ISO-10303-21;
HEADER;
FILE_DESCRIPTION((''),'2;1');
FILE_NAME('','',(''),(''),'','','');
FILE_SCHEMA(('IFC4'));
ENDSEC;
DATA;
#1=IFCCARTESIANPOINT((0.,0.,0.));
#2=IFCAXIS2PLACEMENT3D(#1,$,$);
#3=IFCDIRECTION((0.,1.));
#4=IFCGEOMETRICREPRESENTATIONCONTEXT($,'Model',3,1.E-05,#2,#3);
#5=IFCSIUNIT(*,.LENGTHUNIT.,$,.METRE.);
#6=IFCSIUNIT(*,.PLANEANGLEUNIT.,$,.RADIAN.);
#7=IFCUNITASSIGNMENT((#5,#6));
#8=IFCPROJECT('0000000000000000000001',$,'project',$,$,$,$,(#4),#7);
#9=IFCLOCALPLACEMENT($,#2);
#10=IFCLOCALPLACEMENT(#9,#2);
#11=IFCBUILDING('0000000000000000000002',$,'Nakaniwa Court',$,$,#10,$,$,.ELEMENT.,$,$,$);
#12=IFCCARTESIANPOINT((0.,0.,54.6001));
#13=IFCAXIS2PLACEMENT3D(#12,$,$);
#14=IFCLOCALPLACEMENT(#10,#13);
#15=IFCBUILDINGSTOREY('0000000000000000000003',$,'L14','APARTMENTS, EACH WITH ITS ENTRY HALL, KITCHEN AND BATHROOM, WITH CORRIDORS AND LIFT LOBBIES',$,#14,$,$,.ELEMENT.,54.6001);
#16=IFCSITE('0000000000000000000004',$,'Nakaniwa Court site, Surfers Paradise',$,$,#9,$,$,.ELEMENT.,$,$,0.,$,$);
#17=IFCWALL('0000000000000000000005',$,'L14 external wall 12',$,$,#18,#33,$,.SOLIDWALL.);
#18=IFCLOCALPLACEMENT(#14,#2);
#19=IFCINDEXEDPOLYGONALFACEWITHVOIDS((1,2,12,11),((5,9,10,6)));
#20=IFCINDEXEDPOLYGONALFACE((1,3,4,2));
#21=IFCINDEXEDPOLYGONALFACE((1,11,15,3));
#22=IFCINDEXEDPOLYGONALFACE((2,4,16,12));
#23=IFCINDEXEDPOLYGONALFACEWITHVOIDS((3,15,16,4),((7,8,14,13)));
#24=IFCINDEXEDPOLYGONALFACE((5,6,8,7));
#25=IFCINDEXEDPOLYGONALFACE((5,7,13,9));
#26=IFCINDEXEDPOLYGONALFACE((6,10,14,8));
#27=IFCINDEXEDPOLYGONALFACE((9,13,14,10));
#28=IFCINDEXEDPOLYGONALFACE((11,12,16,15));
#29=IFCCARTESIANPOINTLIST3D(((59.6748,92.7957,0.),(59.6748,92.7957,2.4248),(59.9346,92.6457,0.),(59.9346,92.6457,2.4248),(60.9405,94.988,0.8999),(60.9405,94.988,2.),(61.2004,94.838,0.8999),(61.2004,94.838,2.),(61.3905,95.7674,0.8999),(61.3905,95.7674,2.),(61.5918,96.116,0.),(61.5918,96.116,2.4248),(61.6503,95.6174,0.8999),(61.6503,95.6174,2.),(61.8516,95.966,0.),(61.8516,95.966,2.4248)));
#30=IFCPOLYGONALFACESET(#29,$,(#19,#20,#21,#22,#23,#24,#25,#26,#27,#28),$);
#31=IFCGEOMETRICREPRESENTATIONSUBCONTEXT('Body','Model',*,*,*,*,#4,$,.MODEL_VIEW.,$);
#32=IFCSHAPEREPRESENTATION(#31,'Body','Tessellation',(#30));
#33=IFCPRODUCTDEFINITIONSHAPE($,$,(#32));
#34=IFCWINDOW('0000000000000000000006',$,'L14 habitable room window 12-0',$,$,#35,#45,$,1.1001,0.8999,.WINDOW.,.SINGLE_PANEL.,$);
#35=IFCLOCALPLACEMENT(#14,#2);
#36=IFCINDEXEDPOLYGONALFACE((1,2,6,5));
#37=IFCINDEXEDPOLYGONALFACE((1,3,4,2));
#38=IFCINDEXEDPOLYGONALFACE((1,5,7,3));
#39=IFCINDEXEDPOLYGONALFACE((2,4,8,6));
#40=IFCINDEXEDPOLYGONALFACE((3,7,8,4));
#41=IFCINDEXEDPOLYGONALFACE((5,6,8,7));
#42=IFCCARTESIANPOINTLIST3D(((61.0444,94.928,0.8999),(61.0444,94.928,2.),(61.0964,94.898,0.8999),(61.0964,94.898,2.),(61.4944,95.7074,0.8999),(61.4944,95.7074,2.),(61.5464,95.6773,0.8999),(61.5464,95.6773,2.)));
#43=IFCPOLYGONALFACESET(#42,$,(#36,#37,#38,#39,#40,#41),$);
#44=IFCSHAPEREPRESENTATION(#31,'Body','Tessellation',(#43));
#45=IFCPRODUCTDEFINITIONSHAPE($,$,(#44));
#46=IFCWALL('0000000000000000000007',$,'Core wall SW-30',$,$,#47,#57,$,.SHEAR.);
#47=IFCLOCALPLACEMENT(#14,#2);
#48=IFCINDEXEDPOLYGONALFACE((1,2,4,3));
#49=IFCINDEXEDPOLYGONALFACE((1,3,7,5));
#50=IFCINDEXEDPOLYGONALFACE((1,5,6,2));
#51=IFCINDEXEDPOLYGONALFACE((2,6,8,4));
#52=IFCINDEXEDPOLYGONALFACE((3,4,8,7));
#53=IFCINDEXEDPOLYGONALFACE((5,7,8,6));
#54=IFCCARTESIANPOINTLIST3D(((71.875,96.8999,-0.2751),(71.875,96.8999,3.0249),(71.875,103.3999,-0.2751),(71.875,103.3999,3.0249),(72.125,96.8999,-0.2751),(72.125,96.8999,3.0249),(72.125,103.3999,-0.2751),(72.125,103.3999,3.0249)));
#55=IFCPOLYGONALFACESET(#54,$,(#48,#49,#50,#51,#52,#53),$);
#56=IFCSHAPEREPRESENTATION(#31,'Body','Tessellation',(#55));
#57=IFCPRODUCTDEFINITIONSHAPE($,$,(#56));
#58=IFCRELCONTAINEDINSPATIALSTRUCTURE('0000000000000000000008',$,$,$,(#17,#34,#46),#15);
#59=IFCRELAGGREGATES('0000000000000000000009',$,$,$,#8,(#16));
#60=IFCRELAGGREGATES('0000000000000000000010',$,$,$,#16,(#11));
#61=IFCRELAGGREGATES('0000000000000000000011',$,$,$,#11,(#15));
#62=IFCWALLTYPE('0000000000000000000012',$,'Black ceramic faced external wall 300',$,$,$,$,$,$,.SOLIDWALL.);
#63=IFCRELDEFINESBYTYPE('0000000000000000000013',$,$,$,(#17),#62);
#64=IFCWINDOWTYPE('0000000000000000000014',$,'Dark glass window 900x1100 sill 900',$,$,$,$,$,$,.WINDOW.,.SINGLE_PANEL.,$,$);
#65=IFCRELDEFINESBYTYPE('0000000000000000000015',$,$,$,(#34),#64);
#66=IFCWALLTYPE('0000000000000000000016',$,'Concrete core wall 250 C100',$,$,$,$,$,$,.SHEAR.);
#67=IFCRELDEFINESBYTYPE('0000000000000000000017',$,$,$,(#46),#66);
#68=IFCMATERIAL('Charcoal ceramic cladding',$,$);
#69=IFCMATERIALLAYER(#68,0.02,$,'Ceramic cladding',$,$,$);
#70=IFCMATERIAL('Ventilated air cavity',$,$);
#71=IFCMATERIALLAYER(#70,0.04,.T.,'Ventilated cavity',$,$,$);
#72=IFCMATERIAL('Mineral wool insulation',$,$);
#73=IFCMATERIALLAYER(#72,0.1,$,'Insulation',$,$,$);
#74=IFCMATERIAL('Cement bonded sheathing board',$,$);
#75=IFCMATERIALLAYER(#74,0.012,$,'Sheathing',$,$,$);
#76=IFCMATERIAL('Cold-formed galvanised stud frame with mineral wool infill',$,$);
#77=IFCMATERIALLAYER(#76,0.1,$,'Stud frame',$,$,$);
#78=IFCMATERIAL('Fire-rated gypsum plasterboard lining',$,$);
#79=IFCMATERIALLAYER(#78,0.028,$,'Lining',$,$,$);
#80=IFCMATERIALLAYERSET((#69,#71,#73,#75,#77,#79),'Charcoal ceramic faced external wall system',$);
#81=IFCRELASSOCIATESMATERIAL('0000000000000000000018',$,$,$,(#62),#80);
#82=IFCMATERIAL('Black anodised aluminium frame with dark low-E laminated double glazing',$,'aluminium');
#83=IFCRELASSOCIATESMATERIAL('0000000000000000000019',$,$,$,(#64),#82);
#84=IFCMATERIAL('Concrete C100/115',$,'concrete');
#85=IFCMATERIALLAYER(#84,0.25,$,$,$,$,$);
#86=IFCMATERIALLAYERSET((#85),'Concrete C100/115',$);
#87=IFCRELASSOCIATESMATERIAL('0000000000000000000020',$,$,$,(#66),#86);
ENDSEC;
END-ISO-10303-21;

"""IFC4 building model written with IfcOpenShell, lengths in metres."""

from ifc_helpers import new_model, si_unit, direction, frame, frame_2d, origin, place, context, subcontext, project, spatial, rectangle, extrude, material, layer, layer_set, type_object, element, fill, save


model = new_model("IFC4")

# Units and contexts
model_context = context("Model", 3, precision=1e-05, world=origin(), true_north=direction((0.0, 1.0)))
body_context = subcontext(model_context, "Body", "Model", "MODEL_VIEW")
ifc_project = project(units=[si_unit("LENGTHUNIT", "METRE"), si_unit("PLANEANGLEUNIT", "RADIAN")], contexts=[model_context])

# Site, building, storey
site_placement = place(None, origin())
site = spatial("IfcSite", under=ifc_project, at=site_placement, Name="Nakaniwa Court site, Surfers Paradise", CompositionType="ELEMENT", RefElevation=0.0)
building_placement = place(site_placement, origin())
building = spatial("IfcBuilding", under=site, at=building_placement, Name="Nakaniwa Court", CompositionType="ELEMENT")
storey_placement = place(building_placement, frame((0.0, 0.0, 54.6001)))
storey = spatial("IfcBuildingStorey", under=building, at=storey_placement, Name="L14", Description="APARTMENTS, EACH WITH ITS ENTRY HALL, KITCHEN AND BATHROOM, WITH CORRIDORS AND LIFT LOBBIES", CompositionType="ELEMENT", Elevation=54.6001)

# Shared definitions
ifc_material_1 = material(Name="Concrete C100/115", Category="concrete")

# Wall, opening, window
ifc_material_2 = material(Name="Charcoal ceramic cladding")
ifc_layer_1 = layer(ifc_material_2, 0.02, Name="Ceramic cladding")
ifc_material_3 = material(Name="Ventilated air cavity")
ifc_layer_2 = layer(ifc_material_3, 0.04, ventilated=True, Name="Ventilated cavity")
ifc_material_4 = material(Name="Mineral wool insulation")
ifc_layer_3 = layer(ifc_material_4, 0.1, Name="Insulation")
ifc_material_5 = material(Name="Cement bonded sheathing board")
ifc_layer_4 = layer(ifc_material_5, 0.012, Name="Sheathing")
ifc_material_6 = material(Name="Cold-formed galvanised stud frame with mineral wool infill")
ifc_layer_5 = layer(ifc_material_6, 0.1, Name="Stud frame")
ifc_material_7 = material(Name="Fire-rated gypsum plasterboard lining")
ifc_layer_6 = layer(ifc_material_7, 0.028, Name="Lining")
ifc_layer_set_1 = layer_set([ifc_layer_1, ifc_layer_2, ifc_layer_3, ifc_layer_4, ifc_layer_5, ifc_layer_6], Name="Charcoal ceramic faced external wall system")
wall_type_1 = type_object("IfcWallType", Name="Black ceramic faced external wall 300", PredefinedType="SOLIDWALL", material=ifc_layer_set_1)
ifc_material_8 = material(Name="Black anodised aluminium frame with dark low-E laminated double glazing", Category="aluminium")
wall_1_placement = place(storey_placement, frame((61.7217, 96.041, 0.0), z_axis=(0.0, 0.0, 1.0), x_axis=(-0.500002, -0.866024, 0.0)))
wall_1 = element("IfcWall", 1, at=wall_1_placement, inside=storey, type_object=wall_type_1, Name="L14 external wall 12", PredefinedType="SOLIDWALL", context=body_context, shape_type="SweptSolid", body=[
    extrude(rectangle(XDim=3.834, YDim=0.3, at=frame_2d((1.917, 0.0))), origin(), (0.0, 0.0, 1.0), 2.4248),
])
opening_1_placement = place(wall_1_placement, frame((0.4026, 0.0, 0.8999)))
opening_1 = element("IfcOpeningElement", 2, at=opening_1_placement, cuts=wall_1, PredefinedType="OPENING", context=body_context, shape_type="SweptSolid", body=[
    extrude(rectangle(XDim=0.8999, YDim=1.1001, at=frame_2d((0.45, 0.55))), frame((0.0, 0.1599, 0.0), z_axis=(0.0, -1.0, 0.0), x_axis=(1.0, 0.0, 0.0)), (0.0, 0.0, 1.0), 0.3201),
])
window_type_1 = type_object("IfcWindowType", Name="Dark glass window 900x1100 sill 900", PartitioningType="SINGLE_PANEL", PredefinedType="WINDOW", material=ifc_material_8)
window_1_placement = place(opening_1_placement, origin())
window_1 = element("IfcWindow", 3, at=window_1_placement, inside=storey, type_object=window_type_1, Name="L14 habitable room window 12-0", OverallHeight=1.1001, OverallWidth=0.8999, PartitioningType="SINGLE_PANEL", PredefinedType="WINDOW", context=body_context, shape_type="SweptSolid", body=[
    extrude(rectangle(XDim=0.8999, YDim=1.1001, at=frame_2d((0.45, 0.55))), frame((0.0, 0.03, 0.0), z_axis=(0.0, -1.0, 0.0), x_axis=(1.0, 0.0, 0.0)), (0.0, 0.0, 1.0), 0.0601),
])
fill(opening_1, window_1)

# Wall
ifc_layer_7 = layer(ifc_material_1, 0.25)
ifc_layer_set_2 = layer_set([ifc_layer_7], Name="Concrete C100/115")
wall_type_2 = type_object("IfcWallType", Name="Concrete core wall 250 C100", PredefinedType="SHEAR", material=ifc_layer_set_2)
wall_2_placement = place(storey_placement, frame((72.0, 96.8999, -0.2751), z_axis=(0.0, 0.0, 1.0), x_axis=(0.0, 1.0, 0.0)))
element("IfcWall", 4, at=wall_2_placement, inside=storey, type_object=wall_type_2, Name="Core wall SW-30", PredefinedType="SHEAR", context=body_context, shape_type="SweptSolid", body=[
    extrude(rectangle(XDim=6.5, YDim=0.25, at=frame_2d((3.25, 0.0))), origin(), (0.0, 0.0, 1.0), 3.3),
])

save(model, "model.ifc")
